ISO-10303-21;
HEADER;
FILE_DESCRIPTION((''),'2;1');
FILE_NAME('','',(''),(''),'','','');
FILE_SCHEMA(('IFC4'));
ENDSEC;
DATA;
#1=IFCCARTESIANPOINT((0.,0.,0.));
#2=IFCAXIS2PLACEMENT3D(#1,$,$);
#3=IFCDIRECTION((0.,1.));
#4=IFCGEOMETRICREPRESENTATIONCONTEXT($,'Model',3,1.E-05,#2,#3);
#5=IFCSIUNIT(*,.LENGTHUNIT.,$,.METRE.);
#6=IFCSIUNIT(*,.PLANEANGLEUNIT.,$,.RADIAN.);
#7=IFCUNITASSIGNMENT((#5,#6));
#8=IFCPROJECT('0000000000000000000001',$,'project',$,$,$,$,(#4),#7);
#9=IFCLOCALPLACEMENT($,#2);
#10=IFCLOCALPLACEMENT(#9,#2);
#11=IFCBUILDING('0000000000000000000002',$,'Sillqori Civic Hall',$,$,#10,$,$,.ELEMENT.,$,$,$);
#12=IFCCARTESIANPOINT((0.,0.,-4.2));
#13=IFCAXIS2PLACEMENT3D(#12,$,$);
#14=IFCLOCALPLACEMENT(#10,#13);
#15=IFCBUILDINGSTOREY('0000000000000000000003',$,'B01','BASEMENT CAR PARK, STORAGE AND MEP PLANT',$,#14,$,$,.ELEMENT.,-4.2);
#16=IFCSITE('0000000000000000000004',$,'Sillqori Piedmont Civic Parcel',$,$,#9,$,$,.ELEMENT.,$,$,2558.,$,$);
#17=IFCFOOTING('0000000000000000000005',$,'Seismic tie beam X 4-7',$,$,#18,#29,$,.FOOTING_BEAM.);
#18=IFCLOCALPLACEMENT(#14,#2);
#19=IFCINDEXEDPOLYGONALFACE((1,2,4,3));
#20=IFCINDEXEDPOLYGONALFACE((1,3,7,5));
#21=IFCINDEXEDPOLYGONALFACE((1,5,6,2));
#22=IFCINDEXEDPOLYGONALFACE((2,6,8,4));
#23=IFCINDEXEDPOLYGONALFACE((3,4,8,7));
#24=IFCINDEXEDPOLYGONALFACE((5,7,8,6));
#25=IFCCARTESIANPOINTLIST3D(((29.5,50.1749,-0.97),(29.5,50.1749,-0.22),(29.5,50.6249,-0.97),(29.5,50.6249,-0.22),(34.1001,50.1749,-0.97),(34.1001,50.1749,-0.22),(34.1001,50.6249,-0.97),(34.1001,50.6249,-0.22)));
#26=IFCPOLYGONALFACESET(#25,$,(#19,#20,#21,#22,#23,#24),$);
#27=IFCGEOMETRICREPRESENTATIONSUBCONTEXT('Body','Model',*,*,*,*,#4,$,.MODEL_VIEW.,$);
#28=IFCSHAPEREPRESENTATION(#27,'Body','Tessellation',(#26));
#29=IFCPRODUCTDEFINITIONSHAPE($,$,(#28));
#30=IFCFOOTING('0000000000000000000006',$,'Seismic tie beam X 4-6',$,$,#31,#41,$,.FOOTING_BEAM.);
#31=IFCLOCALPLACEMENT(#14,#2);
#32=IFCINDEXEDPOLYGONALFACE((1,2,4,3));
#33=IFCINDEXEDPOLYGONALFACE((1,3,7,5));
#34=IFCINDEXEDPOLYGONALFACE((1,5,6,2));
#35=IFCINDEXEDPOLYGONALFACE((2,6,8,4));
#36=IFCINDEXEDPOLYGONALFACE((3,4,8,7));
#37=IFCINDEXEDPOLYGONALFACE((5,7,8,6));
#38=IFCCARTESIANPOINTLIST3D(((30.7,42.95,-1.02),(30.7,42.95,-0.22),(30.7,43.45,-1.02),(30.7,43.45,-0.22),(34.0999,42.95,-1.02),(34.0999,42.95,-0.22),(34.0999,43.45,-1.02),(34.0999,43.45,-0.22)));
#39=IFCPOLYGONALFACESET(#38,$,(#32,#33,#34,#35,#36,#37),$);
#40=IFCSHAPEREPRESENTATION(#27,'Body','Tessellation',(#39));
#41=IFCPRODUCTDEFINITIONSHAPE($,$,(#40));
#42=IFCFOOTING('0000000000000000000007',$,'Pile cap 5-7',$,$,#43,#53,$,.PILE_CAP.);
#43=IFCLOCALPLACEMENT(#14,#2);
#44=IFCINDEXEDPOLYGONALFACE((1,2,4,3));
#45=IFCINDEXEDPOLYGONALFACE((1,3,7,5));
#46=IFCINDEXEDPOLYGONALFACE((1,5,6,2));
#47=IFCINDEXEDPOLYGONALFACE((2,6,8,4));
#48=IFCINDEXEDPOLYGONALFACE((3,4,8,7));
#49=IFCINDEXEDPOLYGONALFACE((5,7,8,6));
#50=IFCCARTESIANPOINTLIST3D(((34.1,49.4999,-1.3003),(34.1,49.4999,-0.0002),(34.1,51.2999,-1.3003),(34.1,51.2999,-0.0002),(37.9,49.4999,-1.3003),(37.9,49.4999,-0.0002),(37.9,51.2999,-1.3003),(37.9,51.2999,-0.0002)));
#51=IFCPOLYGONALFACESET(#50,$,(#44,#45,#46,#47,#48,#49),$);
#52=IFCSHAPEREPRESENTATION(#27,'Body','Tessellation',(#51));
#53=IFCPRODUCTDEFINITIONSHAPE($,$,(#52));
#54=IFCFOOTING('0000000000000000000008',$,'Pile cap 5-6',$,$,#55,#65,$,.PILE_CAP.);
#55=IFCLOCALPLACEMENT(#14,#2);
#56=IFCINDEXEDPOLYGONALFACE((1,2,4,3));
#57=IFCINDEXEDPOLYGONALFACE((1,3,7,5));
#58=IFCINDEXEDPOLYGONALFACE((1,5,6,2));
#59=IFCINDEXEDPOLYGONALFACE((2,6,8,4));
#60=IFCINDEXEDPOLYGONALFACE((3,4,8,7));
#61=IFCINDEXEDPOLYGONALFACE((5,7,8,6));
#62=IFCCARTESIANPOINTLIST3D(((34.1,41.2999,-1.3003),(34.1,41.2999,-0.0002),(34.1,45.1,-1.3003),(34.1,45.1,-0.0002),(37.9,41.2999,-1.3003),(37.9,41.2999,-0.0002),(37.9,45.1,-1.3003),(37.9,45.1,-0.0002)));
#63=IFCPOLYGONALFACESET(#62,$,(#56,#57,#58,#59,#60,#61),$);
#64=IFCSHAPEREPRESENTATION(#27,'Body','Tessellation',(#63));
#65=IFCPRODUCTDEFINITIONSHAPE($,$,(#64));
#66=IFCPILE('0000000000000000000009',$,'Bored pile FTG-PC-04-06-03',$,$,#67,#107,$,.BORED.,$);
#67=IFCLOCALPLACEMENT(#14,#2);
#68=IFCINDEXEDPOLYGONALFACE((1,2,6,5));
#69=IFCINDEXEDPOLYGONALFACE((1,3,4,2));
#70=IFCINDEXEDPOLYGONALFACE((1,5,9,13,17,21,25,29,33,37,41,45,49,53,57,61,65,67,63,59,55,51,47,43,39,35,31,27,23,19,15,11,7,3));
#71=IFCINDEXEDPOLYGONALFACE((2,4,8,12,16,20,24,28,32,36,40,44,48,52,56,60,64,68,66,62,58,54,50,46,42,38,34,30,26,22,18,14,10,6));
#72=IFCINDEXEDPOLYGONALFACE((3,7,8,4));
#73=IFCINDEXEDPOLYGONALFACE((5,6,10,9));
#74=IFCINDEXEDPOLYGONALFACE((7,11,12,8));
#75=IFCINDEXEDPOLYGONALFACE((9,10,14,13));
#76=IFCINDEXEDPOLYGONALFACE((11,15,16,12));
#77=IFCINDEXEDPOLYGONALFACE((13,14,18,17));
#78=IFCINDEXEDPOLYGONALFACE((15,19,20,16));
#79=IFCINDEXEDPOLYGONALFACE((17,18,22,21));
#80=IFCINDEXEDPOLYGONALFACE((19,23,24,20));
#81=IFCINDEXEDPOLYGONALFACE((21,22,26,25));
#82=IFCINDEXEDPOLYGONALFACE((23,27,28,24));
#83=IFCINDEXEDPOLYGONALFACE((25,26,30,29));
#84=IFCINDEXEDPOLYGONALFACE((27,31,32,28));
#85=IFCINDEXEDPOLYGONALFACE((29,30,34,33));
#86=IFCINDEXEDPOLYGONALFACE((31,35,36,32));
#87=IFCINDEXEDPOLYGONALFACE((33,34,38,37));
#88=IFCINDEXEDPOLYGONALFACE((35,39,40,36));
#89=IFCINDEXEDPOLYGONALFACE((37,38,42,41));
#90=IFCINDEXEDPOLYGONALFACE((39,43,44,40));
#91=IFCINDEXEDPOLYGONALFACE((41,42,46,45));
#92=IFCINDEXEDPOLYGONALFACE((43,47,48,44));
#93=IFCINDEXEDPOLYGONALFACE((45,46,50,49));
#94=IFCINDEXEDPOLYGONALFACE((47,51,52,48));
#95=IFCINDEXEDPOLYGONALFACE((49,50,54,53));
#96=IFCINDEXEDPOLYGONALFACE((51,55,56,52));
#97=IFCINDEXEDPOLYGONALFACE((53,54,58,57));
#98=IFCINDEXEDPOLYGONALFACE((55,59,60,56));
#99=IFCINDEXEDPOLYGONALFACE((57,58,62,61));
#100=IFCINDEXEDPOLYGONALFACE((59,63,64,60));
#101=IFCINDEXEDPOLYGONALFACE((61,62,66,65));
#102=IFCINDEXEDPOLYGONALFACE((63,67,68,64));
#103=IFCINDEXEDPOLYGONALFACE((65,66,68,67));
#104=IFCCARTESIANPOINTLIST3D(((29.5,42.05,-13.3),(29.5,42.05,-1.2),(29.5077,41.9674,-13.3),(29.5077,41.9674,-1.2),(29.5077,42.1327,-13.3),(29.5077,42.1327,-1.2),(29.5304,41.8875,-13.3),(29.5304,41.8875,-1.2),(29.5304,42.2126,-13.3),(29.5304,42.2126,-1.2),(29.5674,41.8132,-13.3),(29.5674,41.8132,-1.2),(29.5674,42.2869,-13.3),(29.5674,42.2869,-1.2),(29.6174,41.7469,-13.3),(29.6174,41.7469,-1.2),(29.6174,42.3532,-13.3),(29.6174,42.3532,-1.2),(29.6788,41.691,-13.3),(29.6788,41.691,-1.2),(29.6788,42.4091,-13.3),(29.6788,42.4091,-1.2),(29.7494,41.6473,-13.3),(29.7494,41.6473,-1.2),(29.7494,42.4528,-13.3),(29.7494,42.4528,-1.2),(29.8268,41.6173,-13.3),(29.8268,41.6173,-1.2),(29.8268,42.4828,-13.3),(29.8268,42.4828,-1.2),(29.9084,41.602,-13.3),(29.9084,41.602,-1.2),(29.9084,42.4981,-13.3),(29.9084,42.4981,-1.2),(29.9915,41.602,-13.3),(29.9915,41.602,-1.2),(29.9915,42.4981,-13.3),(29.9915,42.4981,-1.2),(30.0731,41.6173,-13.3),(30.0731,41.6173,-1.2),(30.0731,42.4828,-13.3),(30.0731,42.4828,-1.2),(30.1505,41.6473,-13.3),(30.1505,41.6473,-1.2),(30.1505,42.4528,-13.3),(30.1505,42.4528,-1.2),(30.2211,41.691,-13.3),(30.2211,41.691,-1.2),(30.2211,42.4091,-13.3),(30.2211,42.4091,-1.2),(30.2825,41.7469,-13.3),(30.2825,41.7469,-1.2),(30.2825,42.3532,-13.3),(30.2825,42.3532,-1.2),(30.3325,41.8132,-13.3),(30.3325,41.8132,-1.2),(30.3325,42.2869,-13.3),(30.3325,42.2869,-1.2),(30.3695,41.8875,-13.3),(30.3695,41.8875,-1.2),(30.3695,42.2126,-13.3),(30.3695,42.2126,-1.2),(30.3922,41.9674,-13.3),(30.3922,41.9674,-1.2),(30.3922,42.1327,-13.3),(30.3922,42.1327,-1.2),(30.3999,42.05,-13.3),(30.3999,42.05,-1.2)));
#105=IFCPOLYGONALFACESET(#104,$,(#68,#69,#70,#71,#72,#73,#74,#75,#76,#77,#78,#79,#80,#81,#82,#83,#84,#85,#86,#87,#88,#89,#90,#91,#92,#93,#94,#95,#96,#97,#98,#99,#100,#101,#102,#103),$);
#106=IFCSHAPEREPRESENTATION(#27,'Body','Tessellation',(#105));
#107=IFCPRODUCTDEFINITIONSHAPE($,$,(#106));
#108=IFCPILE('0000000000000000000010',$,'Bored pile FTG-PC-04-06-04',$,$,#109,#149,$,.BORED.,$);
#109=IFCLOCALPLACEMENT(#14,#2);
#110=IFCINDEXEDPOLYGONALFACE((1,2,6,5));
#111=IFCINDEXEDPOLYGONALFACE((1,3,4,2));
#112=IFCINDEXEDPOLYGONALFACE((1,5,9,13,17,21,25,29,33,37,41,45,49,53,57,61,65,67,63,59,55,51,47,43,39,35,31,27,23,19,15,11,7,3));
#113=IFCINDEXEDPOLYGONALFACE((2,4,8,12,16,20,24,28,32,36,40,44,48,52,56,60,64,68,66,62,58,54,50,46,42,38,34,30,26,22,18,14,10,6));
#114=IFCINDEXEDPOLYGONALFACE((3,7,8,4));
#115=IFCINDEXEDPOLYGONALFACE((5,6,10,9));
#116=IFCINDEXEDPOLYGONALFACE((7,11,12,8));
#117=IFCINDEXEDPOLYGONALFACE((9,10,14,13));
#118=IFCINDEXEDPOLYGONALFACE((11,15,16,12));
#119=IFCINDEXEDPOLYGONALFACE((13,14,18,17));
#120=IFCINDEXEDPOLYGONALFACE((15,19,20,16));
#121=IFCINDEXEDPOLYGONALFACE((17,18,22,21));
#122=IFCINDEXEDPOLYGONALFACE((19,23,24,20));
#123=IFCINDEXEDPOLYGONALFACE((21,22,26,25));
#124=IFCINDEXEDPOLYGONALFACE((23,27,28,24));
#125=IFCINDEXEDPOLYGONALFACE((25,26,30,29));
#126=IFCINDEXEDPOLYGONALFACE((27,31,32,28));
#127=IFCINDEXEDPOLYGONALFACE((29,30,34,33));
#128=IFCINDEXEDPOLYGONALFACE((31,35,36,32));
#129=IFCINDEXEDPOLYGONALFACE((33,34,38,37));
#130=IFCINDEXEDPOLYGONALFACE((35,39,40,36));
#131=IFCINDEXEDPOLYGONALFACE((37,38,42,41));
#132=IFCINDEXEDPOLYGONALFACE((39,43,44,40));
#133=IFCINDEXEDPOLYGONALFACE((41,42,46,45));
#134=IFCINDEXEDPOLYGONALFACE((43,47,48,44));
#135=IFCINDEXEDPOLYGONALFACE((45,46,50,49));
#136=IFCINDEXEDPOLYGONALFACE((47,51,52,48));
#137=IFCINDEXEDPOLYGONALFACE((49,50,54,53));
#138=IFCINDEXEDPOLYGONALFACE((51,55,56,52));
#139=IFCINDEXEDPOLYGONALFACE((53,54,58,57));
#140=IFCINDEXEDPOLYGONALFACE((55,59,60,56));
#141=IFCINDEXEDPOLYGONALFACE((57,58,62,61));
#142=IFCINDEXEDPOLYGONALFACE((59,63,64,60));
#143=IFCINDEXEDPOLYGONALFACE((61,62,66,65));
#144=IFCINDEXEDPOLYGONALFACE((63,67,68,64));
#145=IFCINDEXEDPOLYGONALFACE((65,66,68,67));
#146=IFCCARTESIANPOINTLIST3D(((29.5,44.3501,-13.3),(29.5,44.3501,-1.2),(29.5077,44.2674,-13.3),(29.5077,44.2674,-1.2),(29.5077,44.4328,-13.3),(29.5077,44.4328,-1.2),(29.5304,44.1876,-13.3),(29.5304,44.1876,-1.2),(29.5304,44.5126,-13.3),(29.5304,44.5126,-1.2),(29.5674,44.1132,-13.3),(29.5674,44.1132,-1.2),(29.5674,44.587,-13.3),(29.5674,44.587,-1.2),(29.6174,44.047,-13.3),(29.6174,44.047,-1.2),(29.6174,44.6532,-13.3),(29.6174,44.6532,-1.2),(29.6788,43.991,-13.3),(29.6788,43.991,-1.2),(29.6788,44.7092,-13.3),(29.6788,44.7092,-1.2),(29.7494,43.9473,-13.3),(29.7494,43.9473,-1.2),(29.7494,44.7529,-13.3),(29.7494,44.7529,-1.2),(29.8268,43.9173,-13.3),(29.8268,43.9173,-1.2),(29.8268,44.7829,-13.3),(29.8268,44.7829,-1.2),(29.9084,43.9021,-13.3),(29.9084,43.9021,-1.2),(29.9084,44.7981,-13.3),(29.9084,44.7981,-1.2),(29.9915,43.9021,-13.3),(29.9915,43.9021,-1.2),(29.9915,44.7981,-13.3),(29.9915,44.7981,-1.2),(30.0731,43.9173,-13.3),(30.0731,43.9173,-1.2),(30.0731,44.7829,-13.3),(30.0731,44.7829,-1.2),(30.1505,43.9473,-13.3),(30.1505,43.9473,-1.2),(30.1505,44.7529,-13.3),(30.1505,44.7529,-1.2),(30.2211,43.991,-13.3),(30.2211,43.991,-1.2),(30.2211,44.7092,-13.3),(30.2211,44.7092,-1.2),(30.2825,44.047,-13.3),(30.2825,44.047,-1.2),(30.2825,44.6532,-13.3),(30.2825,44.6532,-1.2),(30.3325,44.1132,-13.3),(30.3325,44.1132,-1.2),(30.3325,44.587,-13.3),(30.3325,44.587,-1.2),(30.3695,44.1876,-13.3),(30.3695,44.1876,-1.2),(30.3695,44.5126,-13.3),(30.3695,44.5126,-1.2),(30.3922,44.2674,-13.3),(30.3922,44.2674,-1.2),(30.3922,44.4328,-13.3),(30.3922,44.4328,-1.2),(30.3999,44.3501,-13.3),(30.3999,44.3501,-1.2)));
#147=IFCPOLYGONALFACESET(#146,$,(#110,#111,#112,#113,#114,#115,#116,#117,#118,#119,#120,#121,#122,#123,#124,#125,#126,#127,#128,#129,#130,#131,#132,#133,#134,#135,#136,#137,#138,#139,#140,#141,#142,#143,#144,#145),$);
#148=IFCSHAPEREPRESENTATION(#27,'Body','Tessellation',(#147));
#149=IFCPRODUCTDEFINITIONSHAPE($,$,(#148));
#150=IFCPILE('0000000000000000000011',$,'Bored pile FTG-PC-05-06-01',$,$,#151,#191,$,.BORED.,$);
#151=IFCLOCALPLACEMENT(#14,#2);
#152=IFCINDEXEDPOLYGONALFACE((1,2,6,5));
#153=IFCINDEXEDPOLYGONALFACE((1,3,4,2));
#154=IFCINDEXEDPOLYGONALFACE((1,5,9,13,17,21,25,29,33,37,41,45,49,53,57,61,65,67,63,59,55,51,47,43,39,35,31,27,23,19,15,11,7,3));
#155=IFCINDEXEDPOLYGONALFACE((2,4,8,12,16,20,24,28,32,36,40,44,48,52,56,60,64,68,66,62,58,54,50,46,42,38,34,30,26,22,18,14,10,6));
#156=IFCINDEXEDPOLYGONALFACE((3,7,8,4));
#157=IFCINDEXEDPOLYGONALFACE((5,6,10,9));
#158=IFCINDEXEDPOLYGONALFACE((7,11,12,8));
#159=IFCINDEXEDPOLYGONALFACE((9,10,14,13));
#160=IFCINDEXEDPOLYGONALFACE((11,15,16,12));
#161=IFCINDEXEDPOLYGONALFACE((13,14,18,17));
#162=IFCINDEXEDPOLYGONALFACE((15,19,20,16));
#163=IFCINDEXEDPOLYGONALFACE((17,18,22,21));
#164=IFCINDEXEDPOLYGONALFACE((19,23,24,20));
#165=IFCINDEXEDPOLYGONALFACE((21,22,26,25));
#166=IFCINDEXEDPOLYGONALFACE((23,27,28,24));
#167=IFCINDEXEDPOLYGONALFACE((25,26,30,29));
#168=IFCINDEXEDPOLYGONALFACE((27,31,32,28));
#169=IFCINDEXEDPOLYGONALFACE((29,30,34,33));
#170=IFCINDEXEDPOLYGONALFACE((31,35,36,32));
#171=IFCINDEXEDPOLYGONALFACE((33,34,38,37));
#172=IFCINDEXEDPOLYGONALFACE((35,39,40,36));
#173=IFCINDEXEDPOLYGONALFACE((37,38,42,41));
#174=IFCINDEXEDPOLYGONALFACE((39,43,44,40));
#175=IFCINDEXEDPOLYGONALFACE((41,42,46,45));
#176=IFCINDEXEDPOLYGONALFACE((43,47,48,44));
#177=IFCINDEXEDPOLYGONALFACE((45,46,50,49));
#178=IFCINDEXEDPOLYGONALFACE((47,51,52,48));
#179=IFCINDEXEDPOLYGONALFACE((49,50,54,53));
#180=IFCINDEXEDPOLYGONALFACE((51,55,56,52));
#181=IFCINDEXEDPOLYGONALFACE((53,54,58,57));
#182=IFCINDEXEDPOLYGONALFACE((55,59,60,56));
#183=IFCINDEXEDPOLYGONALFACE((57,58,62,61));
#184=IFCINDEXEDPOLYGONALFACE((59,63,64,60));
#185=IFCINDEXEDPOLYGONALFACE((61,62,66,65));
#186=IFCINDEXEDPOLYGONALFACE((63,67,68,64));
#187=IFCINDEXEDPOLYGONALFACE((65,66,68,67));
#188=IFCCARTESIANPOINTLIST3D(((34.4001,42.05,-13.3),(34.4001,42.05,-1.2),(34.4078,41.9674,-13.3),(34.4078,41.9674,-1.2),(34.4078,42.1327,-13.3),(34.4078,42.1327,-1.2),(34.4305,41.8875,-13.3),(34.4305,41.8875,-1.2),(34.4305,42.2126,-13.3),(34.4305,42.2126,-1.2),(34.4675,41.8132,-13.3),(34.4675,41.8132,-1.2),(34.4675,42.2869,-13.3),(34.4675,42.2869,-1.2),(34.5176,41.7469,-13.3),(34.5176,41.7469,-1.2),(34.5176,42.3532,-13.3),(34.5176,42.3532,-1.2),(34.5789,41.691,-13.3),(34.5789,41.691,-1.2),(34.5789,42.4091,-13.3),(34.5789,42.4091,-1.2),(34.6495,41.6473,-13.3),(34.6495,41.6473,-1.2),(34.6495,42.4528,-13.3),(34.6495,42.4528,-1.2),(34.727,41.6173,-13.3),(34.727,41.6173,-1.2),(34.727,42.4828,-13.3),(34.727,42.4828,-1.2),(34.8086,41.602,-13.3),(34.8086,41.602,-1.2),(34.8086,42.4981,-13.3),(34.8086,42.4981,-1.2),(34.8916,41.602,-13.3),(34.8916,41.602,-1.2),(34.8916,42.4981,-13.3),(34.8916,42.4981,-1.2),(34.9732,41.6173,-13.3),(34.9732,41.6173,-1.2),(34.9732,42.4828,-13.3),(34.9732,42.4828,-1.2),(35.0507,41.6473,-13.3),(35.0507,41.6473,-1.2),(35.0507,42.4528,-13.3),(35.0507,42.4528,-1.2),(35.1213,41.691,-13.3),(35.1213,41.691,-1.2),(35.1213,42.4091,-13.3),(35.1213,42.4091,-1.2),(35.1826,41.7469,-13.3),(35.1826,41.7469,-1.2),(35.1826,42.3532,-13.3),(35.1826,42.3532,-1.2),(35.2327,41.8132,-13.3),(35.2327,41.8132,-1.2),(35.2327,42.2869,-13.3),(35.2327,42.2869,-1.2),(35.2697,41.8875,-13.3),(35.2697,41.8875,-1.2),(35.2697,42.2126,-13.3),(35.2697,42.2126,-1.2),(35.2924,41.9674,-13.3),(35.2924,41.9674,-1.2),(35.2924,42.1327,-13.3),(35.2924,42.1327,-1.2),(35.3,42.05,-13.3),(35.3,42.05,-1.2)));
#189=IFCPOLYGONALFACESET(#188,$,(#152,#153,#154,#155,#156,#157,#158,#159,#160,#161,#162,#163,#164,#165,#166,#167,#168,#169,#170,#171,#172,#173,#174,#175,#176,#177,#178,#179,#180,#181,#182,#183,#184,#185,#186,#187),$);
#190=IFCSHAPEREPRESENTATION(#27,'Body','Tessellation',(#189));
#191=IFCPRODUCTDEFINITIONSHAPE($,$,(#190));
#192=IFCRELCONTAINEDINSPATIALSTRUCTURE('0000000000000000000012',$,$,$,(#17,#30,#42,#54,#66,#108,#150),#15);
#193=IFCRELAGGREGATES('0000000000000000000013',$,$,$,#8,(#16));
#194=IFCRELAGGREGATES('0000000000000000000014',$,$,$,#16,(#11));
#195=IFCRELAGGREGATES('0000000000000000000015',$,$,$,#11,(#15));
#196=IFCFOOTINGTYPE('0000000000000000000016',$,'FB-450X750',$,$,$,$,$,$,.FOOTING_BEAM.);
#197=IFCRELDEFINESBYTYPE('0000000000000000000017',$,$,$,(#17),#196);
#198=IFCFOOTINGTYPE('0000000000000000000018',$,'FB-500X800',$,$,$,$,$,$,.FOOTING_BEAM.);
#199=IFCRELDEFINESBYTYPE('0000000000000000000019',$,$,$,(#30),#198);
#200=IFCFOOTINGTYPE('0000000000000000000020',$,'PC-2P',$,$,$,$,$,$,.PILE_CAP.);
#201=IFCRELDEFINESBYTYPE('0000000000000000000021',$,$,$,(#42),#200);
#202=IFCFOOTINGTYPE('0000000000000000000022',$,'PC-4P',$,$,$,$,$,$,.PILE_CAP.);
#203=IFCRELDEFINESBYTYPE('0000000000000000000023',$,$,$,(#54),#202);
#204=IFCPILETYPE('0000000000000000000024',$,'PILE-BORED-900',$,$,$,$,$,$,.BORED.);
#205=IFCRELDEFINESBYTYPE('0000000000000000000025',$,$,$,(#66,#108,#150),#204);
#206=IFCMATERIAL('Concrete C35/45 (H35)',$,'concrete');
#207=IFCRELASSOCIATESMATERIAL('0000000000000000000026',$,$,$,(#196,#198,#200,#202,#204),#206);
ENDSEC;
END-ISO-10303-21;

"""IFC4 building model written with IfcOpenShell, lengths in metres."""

from ifc_helpers import new_model, si_unit, direction, frame, origin, origin_2d, place, context, subcontext, project, spatial, rectangle, circle, extrude, material, material_profile, profile_set, type_object, element, save


model = new_model("IFC4")

# Units and contexts
model_context = context("Model", 3, precision=1e-05, world=origin(), true_north=direction((0.0, 1.0)))
body_context = subcontext(model_context, "Body", "Model", "MODEL_VIEW")
ifc_project = project(units=[si_unit("LENGTHUNIT", "METRE"), si_unit("PLANEANGLEUNIT", "RADIAN")], contexts=[model_context])

# Site, building, storey
site_placement = place(None, origin())
site = spatial("IfcSite", under=ifc_project, at=site_placement, Name="Sillqori Piedmont Civic Parcel", CompositionType="ELEMENT", RefElevation=2558.0)
building_placement = place(site_placement, origin())
building = spatial("IfcBuilding", under=site, at=building_placement, Name="Sillqori Civic Hall", CompositionType="ELEMENT")
storey_placement = place(building_placement, frame((0.0, 0.0, -4.2)))
storey = spatial("IfcBuildingStorey", under=building, at=storey_placement, Name="B01", Description="BASEMENT CAR PARK, STORAGE AND MEP PLANT", CompositionType="ELEMENT", Elevation=-4.2)

# Footings
ifc_material_1 = material(Name="Concrete C35/45 (H35)", Category="concrete")
footing_type_1 = type_object("IfcFootingType", Name="FB-450X750", PredefinedType="FOOTING_BEAM", material=ifc_material_1)
footing_1_placement = place(storey_placement, frame((31.8, 50.3999, -0.97), z_axis=(0.0, 0.0, 1.0), x_axis=(1.0, 0.0, 0.0)))
element("IfcFooting", 1, at=footing_1_placement, inside=storey, type_object=footing_type_1, Name="Seismic tie beam X 4-7", PredefinedType="FOOTING_BEAM", context=body_context, shape_type="SweptSolid", body=[
    extrude(rectangle(XDim=4.6001, YDim=0.45, at=origin_2d()), origin(), (0.0, 0.0, 1.0), 0.75),
])
footing_type_2 = type_object("IfcFootingType", Name="FB-500X800", PredefinedType="FOOTING_BEAM", material=ifc_material_1)
footing_2_placement = place(storey_placement, frame((32.3999, 43.2, -1.02), z_axis=(0.0, 0.0, 1.0), x_axis=(1.0, 0.0, 0.0)))
element("IfcFooting", 2, at=footing_2_placement, inside=storey, type_object=footing_type_2, Name="Seismic tie beam X 4-6", PredefinedType="FOOTING_BEAM", context=body_context, shape_type="SweptSolid", body=[
    extrude(rectangle(XDim=3.3999, YDim=0.5, at=origin_2d()), origin(), (0.0, 0.0, 1.0), 0.8),
])
footing_type_3 = type_object("IfcFootingType", Name="PC-2P", PredefinedType="PILE_CAP", material=ifc_material_1)
footing_3_placement = place(storey_placement, frame((36.0, 50.3999, -1.3003), z_axis=(0.0, 0.0, 1.0), x_axis=(1.0, 0.0, 0.0)))
element("IfcFooting", 3, at=footing_3_placement, inside=storey, type_object=footing_type_3, Name="Pile cap 5-7", PredefinedType="PILE_CAP", context=body_context, shape_type="SweptSolid", body=[
    extrude(rectangle(XDim=3.8, YDim=1.8, at=origin_2d()), origin(), (0.0, 0.0, 1.0), 1.3),
])
footing_type_4 = type_object("IfcFootingType", Name="PC-4P", PredefinedType="PILE_CAP", material=ifc_material_1)
footing_4_placement = place(storey_placement, frame((36.0, 43.2, -1.3003), z_axis=(0.0, 0.0, 1.0), x_axis=(1.0, 0.0, 0.0)))
element("IfcFooting", 4, at=footing_4_placement, inside=storey, type_object=footing_type_4, Name="Pile cap 5-6", PredefinedType="PILE_CAP", context=body_context, shape_type="SweptSolid", body=[
    extrude(rectangle(XDim=3.8, YDim=3.8, at=origin_2d()), origin(), (0.0, 0.0, 1.0), 1.3),
])

# Piles
ifc_material_profile_1 = material_profile(ifc_material_1, circle(Radius=0.45, at=origin_2d()), Name="BORED PILE 900")
ifc_profile_set_1 = profile_set([ifc_material_profile_1], Name="Concrete C35/45 (H35)")
pile_type = type_object("IfcPileType", Name="PILE-BORED-900", PredefinedType="BORED", material=ifc_profile_set_1)
for number, where, z_axis, x_axis, name in (
    (5, (29.95, 42.05, -1.2), (0.0, 0.0, -1.0), (1.0, 0.0, 0.0), "Bored pile FTG-PC-04-06-03"),
    (6, (29.95, 44.3501, -1.2), (0.0, 0.0, -1.0), (1.0, 0.0, 0.0), "Bored pile FTG-PC-04-06-04"),
    (7, (34.8501, 42.05, -1.2), (0.0, 0.0, -1.0), (1.0, 0.0, 0.0), "Bored pile FTG-PC-05-06-01"),
):
    element("IfcPile", number, at=place(storey_placement, frame(where, z_axis=z_axis, x_axis=x_axis)), inside=storey, type_object=pile_type, Name=name, PredefinedType="BORED", context=body_context, shape_type="SweptSolid", body=[
        extrude(circle(Radius=0.45, at=origin_2d()), origin(), (0.0, 0.0, 1.0), 12.1001),
    ])

save(model, "model.ifc")
